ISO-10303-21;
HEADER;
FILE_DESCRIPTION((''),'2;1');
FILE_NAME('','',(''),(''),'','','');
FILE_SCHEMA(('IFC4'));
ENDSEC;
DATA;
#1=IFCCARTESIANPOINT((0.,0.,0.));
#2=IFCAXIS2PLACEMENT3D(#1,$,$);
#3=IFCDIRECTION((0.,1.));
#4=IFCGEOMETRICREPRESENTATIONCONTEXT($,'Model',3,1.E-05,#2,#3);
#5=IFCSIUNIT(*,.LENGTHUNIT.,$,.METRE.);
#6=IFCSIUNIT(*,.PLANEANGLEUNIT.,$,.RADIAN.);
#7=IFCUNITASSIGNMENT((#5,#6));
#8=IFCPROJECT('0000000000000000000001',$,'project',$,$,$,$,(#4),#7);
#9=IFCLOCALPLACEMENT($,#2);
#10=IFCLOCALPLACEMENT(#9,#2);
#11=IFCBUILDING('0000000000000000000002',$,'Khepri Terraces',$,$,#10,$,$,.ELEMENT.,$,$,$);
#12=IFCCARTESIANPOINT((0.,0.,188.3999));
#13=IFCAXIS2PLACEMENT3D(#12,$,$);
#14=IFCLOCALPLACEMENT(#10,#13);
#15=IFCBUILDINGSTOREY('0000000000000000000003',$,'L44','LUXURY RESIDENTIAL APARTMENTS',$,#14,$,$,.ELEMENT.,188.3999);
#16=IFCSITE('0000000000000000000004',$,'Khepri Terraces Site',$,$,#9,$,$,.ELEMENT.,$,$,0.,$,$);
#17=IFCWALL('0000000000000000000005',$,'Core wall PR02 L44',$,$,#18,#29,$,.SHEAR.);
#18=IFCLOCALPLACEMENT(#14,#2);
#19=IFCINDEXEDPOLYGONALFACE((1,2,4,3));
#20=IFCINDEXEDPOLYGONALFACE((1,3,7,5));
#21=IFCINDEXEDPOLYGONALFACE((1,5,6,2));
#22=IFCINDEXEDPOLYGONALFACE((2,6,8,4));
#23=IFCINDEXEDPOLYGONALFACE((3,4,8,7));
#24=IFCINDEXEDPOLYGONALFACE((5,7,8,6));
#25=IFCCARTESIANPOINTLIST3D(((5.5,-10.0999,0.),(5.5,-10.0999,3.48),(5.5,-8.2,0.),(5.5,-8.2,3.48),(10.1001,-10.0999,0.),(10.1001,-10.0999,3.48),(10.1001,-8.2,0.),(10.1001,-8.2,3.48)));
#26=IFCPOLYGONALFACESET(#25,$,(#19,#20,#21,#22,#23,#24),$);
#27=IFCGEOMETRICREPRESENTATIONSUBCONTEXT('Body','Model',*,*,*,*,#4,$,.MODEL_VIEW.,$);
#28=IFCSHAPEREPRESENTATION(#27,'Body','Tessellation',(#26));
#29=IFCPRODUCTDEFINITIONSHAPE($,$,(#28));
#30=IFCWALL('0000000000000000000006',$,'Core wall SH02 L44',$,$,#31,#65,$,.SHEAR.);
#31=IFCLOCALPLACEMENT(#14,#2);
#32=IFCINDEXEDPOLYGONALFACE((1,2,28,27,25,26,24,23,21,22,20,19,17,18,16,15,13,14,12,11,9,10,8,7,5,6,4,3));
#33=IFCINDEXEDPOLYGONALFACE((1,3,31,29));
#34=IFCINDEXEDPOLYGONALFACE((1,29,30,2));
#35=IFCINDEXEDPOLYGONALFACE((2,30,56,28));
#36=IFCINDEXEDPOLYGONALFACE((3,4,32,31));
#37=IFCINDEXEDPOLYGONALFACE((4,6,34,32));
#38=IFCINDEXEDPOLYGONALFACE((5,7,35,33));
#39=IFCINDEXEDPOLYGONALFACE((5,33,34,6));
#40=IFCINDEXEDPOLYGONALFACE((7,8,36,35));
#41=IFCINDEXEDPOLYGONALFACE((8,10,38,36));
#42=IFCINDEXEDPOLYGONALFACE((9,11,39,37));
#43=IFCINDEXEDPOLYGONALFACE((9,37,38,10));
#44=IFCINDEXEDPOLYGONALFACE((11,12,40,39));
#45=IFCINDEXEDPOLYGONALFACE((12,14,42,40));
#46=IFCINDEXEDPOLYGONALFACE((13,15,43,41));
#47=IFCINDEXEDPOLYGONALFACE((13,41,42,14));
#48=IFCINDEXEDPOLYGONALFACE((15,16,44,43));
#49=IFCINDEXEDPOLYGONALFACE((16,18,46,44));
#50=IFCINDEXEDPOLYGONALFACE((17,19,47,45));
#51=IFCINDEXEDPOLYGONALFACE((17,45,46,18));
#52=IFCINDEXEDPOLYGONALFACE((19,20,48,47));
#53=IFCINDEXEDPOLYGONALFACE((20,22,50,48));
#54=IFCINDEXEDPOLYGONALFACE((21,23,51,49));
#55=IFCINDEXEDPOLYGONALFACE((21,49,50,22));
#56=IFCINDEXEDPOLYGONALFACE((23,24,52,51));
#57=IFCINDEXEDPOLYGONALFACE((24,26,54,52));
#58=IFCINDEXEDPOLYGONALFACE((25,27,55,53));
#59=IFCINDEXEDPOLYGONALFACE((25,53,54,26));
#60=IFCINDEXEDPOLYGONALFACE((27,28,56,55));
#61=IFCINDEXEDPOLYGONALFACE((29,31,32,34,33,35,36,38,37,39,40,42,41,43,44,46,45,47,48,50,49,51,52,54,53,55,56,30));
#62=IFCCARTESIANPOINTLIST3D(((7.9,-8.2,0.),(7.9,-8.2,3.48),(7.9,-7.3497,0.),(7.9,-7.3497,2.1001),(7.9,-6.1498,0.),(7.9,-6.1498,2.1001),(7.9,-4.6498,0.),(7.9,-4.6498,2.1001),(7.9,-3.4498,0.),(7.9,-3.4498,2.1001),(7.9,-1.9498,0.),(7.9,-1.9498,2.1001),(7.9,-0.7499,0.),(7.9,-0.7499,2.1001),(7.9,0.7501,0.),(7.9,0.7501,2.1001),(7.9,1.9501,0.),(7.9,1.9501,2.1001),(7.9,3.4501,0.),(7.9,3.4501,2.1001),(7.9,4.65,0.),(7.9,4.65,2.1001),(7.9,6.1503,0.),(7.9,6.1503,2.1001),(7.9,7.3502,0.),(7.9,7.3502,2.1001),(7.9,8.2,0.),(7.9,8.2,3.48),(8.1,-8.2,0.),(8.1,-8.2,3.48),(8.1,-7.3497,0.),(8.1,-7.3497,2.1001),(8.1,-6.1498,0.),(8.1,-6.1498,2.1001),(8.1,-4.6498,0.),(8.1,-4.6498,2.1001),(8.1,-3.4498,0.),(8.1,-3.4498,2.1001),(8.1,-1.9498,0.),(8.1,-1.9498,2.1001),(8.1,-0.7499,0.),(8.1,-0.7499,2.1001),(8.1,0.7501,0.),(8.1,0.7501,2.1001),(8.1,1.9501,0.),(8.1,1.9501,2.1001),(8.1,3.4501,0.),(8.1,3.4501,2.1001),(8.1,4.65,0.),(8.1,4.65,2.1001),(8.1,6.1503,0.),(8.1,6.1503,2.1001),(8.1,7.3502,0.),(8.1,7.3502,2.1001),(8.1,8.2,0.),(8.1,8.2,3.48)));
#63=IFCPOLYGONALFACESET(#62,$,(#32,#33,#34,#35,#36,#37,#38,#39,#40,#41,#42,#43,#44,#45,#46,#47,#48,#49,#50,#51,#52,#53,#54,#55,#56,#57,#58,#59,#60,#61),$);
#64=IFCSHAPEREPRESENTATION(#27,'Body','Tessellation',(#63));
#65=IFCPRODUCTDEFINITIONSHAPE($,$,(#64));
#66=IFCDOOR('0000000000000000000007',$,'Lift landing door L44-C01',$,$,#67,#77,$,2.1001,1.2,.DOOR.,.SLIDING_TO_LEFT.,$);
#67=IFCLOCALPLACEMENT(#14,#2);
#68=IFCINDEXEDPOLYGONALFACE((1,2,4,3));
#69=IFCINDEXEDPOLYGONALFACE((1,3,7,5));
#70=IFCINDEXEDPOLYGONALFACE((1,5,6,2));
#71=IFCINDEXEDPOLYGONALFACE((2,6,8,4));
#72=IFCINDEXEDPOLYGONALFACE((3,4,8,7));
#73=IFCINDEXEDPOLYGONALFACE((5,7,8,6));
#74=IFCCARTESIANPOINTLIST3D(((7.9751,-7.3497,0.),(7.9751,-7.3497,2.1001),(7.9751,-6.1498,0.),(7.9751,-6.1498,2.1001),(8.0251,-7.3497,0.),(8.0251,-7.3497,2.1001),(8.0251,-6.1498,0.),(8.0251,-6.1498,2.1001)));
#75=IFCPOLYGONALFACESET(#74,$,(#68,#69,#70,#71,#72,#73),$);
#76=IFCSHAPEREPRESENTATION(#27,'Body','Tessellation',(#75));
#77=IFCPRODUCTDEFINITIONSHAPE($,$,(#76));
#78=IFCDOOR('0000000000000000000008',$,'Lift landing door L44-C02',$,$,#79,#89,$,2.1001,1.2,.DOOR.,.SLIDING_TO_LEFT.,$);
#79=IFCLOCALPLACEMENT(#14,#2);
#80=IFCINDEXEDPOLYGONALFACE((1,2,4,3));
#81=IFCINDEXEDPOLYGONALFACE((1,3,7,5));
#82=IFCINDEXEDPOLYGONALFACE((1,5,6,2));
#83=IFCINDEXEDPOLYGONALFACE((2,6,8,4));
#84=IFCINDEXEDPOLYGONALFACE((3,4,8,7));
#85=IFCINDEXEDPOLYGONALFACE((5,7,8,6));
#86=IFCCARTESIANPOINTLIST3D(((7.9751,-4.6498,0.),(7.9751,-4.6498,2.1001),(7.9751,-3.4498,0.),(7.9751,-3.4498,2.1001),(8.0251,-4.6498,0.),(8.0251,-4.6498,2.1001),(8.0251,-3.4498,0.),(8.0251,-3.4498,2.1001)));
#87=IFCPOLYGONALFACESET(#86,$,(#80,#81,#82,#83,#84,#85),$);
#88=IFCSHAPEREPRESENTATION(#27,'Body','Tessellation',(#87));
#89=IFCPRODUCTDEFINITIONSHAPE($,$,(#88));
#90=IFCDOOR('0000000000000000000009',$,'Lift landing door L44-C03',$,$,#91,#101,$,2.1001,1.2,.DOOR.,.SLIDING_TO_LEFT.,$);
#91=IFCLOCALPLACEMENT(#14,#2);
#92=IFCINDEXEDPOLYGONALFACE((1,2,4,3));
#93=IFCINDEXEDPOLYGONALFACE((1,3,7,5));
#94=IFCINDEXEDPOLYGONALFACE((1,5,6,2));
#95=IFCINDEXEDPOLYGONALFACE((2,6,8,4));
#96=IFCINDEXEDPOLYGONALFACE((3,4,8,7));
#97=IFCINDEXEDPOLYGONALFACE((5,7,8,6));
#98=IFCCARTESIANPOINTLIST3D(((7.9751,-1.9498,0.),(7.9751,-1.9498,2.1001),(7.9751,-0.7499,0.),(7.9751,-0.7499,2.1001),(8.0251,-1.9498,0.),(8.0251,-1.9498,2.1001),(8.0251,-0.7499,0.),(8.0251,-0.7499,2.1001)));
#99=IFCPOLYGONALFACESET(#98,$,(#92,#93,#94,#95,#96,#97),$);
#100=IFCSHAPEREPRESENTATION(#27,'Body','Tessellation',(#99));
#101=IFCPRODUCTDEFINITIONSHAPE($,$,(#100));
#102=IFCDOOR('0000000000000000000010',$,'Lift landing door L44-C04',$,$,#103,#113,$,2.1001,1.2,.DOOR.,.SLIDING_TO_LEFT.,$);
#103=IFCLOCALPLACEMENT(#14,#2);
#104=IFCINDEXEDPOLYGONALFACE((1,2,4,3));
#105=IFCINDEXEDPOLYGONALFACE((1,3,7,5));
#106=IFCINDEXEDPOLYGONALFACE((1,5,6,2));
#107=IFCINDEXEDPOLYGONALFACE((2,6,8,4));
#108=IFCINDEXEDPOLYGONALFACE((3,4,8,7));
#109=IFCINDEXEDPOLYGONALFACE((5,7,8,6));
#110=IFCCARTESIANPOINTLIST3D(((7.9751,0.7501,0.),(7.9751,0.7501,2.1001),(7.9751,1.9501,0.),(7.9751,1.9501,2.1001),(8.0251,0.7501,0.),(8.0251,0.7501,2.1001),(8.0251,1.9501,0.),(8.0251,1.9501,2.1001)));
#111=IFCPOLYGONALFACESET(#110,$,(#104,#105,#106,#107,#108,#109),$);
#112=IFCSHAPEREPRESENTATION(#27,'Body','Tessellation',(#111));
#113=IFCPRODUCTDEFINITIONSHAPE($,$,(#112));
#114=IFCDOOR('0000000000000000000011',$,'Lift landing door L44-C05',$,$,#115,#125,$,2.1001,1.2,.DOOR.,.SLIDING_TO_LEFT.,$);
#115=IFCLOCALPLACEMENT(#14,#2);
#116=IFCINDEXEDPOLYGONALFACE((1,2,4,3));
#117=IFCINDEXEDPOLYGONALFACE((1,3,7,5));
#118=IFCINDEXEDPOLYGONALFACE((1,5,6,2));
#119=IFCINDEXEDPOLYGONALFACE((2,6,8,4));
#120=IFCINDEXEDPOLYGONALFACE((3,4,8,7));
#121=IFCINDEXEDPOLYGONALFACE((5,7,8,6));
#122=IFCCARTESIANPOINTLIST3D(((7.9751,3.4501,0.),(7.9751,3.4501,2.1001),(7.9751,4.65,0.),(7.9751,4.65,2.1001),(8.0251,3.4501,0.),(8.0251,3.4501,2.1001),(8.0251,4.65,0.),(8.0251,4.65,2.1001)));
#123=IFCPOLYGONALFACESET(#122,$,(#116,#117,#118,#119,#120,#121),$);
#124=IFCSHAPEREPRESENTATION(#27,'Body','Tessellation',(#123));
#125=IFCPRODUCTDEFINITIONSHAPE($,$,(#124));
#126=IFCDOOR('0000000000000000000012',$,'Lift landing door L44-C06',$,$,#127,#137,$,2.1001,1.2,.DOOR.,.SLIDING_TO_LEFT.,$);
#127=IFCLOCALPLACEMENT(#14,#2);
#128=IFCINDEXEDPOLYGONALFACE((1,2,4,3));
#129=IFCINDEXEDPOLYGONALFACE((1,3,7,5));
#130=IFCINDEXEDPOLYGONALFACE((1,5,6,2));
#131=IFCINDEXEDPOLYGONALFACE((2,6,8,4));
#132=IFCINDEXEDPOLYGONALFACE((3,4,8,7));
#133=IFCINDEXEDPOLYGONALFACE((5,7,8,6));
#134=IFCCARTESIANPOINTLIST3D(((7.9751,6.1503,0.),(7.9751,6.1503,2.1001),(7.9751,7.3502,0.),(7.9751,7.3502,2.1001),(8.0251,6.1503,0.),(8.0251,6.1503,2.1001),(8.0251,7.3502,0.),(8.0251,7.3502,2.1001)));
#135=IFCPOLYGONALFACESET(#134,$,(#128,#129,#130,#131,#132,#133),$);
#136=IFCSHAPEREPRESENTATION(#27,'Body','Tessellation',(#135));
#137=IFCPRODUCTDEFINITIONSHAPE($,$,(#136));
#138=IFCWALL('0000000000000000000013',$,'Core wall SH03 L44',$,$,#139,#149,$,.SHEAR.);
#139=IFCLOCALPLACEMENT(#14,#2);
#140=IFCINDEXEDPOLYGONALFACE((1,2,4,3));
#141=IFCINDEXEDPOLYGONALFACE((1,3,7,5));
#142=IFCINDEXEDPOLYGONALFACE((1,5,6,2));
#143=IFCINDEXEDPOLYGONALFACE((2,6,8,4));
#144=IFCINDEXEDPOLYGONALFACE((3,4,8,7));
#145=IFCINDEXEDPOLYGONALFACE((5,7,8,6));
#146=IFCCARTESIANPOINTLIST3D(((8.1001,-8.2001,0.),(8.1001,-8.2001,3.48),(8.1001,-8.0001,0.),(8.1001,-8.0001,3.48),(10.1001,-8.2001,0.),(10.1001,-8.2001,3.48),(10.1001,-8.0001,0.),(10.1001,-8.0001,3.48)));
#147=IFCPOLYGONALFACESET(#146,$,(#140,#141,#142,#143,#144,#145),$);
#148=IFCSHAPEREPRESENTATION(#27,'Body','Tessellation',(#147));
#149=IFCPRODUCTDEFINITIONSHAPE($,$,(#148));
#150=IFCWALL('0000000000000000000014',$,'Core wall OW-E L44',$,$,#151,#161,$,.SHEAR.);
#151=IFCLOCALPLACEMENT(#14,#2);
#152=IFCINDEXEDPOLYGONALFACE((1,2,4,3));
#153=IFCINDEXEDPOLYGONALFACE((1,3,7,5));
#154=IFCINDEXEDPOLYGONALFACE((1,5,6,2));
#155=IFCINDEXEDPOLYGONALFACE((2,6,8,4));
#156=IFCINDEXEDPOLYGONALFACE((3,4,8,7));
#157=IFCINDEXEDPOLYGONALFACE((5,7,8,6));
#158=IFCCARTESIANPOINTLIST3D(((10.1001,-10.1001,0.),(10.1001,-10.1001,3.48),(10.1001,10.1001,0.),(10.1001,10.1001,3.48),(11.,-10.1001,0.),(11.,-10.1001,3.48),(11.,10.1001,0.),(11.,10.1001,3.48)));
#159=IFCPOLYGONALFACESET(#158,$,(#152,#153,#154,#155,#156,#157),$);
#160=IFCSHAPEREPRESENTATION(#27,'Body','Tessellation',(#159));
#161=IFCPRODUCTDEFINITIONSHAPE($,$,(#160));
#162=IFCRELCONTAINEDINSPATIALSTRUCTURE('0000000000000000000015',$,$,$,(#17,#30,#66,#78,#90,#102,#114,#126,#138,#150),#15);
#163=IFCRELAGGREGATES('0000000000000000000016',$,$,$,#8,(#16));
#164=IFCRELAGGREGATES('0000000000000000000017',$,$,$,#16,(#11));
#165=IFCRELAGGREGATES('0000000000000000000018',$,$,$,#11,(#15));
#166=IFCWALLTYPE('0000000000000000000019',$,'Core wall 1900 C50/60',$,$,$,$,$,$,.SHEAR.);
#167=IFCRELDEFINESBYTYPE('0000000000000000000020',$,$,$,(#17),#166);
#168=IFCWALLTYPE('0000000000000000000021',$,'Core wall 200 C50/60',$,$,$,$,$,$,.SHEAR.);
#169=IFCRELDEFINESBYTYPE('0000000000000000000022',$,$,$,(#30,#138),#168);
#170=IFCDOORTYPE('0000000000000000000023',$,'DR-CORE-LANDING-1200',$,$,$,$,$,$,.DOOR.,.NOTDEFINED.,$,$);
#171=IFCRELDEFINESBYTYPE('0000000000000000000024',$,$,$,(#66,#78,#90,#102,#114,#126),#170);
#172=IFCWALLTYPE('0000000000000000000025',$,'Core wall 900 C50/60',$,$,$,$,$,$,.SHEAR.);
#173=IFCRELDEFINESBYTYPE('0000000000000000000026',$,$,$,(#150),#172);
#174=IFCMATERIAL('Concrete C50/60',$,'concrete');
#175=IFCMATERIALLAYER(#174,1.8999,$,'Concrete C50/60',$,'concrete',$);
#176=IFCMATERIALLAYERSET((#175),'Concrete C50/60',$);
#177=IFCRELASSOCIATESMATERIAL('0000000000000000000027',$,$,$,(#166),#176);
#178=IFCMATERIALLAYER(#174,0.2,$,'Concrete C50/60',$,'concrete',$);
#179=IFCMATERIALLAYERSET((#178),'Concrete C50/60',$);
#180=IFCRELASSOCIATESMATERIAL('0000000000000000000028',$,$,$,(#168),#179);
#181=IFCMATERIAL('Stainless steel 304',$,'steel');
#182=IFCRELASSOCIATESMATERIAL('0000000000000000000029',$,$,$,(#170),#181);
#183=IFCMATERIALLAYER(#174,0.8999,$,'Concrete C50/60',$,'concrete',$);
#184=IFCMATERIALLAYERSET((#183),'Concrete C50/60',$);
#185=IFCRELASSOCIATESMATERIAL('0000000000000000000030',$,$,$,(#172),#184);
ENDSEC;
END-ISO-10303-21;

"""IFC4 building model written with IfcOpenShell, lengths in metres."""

from ifc_helpers import new_model, si_unit, direction, frame, frame_2d, origin, place, context, subcontext, project, spatial, rectangle, extrude, material, layer, layer_set, type_object, element, fill, save


model = new_model("IFC4")

# Units and contexts
model_context = context("Model", 3, precision=1e-05, world=origin(), true_north=direction((0.0, 1.0)))
body_context = subcontext(model_context, "Body", "Model", "MODEL_VIEW")
ifc_project = project(units=[si_unit("LENGTHUNIT", "METRE"), si_unit("PLANEANGLEUNIT", "RADIAN")], contexts=[model_context])

# Site, building, storey
site_placement = place(None, origin())
site = spatial("IfcSite", under=ifc_project, at=site_placement, Name="Khepri Terraces Site", CompositionType="ELEMENT", RefElevation=0.0)
building_placement = place(site_placement, origin())
building = spatial("IfcBuilding", under=site, at=building_placement, Name="Khepri Terraces", CompositionType="ELEMENT")
storey_placement = place(building_placement, frame((0.0, 0.0, 188.3999)))
storey = spatial("IfcBuildingStorey", under=building, at=storey_placement, Name="L44", Description="LUXURY RESIDENTIAL APARTMENTS", CompositionType="ELEMENT", Elevation=188.3999)

# Wall
ifc_material_1 = material(Name="Concrete C50/60", Category="concrete")
ifc_layer_1 = layer(ifc_material_1, 1.8999, Name="Concrete C50/60", Category="concrete")
ifc_layer_set_1 = layer_set([ifc_layer_1], Name="Concrete C50/60")
wall_type_1 = type_object("IfcWallType", Name="Core wall 1900 C50/60", PredefinedType="SHEAR", material=ifc_layer_set_1)
wall_1_placement = place(storey_placement, frame((5.5, -9.1499, 0.0), z_axis=(0.0, 0.0, 1.0), x_axis=(1.0, 0.0, 0.0)))
element("IfcWall", 1, at=wall_1_placement, inside=storey, type_object=wall_type_1, Name="Core wall PR02 L44", PredefinedType="SHEAR", context=body_context, shape_type="SweptSolid", body=[
    extrude(rectangle(XDim=4.6001, YDim=1.8999, at=frame_2d((2.3, 0.0))), origin(), (0.0, 0.0, 1.0), 3.48),
])

# Wall, openings, doors
ifc_layer_2 = layer(ifc_material_1, 0.2, Name="Concrete C50/60", Category="concrete")
ifc_layer_set_2 = layer_set([ifc_layer_2], Name="Concrete C50/60")
wall_type_2 = type_object("IfcWallType", Name="Core wall 200 C50/60", PredefinedType="SHEAR", material=ifc_layer_set_2)
wall_2_placement = place(storey_placement, frame((8.0, -8.2, 0.0), z_axis=(0.0, 0.0, 1.0), x_axis=(0.0, 1.0, 0.0)))
wall_2 = element("IfcWall", 2, at=wall_2_placement, inside=storey, type_object=wall_type_2, Name="Core wall SH02 L44", PredefinedType="SHEAR", context=body_context, shape_type="SweptSolid", body=[
    extrude(rectangle(XDim=16.3999, YDim=0.2, at=frame_2d((8.2, 0.0))), origin(), (0.0, 0.0, 1.0), 3.48),
])
opening_1_placement = place(wall_2_placement, frame((0.8501, 0.0, 0.0)))
opening_1 = element("IfcOpeningElement", 3, at=opening_1_placement, cuts=wall_2, PredefinedType="OPENING", context=body_context, shape_type="SweptSolid", body=[
    extrude(rectangle(XDim=1.2, YDim=2.1001, at=frame_2d((0.6001, 1.05))), frame((0.0, 0.1099, 0.0), z_axis=(0.0, -1.0, 0.0), x_axis=(1.0, 0.0, 0.0)), (0.0, 0.0, 1.0), 0.22),
])
opening_2_placement = place(wall_2_placement, frame((3.55, 0.0, 0.0)))
opening_2 = element("IfcOpeningElement", 4, at=opening_2_placement, cuts=wall_2, PredefinedType="OPENING", context=body_context, shape_type="SweptSolid", body=[
    extrude(rectangle(XDim=1.2, YDim=2.1001, at=frame_2d((0.6001, 1.05))), frame((0.0, 0.1099, 0.0), z_axis=(0.0, -1.0, 0.0), x_axis=(1.0, 0.0, 0.0)), (0.0, 0.0, 1.0), 0.22),
])
opening_3_placement = place(wall_2_placement, frame((6.25, 0.0, 0.0)))
opening_3 = element("IfcOpeningElement", 5, at=opening_3_placement, cuts=wall_2, PredefinedType="OPENING", context=body_context, shape_type="SweptSolid", body=[
    extrude(rectangle(XDim=1.2, YDim=2.1001, at=frame_2d((0.6001, 1.05))), frame((0.0, 0.1099, 0.0), z_axis=(0.0, -1.0, 0.0), x_axis=(1.0, 0.0, 0.0)), (0.0, 0.0, 1.0), 0.22),
])
opening_4_placement = place(wall_2_placement, frame((8.95, 0.0, 0.0)))
opening_4 = element("IfcOpeningElement", 6, at=opening_4_placement, cuts=wall_2, PredefinedType="OPENING", context=body_context, shape_type="SweptSolid", body=[
    extrude(rectangle(XDim=1.2, YDim=2.1001, at=frame_2d((0.6001, 1.05))), frame((0.0, 0.1099, 0.0), z_axis=(0.0, -1.0, 0.0), x_axis=(1.0, 0.0, 0.0)), (0.0, 0.0, 1.0), 0.22),
])
opening_5_placement = place(wall_2_placement, frame((11.6499, 0.0, 0.0)))
opening_5 = element("IfcOpeningElement", 7, at=opening_5_placement, cuts=wall_2, PredefinedType="OPENING", context=body_context, shape_type="SweptSolid", body=[
    extrude(rectangle(XDim=1.2, YDim=2.1001, at=frame_2d((0.6001, 1.05))), frame((0.0, 0.1099, 0.0), z_axis=(0.0, -1.0, 0.0), x_axis=(1.0, 0.0, 0.0)), (0.0, 0.0, 1.0), 0.22),
])
opening_6_placement = place(wall_2_placement, frame((14.3501, 0.0, 0.0)))
opening_6 = element("IfcOpeningElement", 8, at=opening_6_placement, cuts=wall_2, PredefinedType="OPENING", context=body_context, shape_type="SweptSolid", body=[
    extrude(rectangle(XDim=1.2, YDim=2.1001, at=frame_2d((0.6001, 1.05))), frame((0.0, 0.1099, 0.0), z_axis=(0.0, -1.0, 0.0), x_axis=(1.0, 0.0, 0.0)), (0.0, 0.0, 1.0), 0.22),
])
ifc_material_2 = material(Name="Stainless steel 304", Category="steel")
door_type_1 = type_object("IfcDoorType", Name="DR-CORE-LANDING-1200", OperationType="NOTDEFINED", PredefinedType="DOOR", material=ifc_material_2)
door_1_placement = place(opening_1_placement, origin())
door_1 = element("IfcDoor", 9, at=door_1_placement, inside=storey, type_object=door_type_1, Name="Lift landing door L44-C01", OperationType="SLIDING_TO_LEFT", OverallHeight=2.1001, OverallWidth=1.2, PredefinedType="DOOR", context=body_context, shape_type="SweptSolid", body=[
    extrude(rectangle(XDim=1.2, YDim=2.1001, at=frame_2d((0.6001, 1.05))), frame((0.0, 0.0249, 0.0), z_axis=(0.0, -1.0, 0.0), x_axis=(1.0, 0.0, 0.0)), (0.0, 0.0, 1.0), 0.05),
])
fill(opening_1, door_1)
door_2_placement = place(opening_2_placement, origin())
door_2 = element("IfcDoor", 10, at=door_2_placement, inside=storey, type_object=door_type_1, Name="Lift landing door L44-C02", OperationType="SLIDING_TO_LEFT", OverallHeight=2.1001, OverallWidth=1.2, PredefinedType="DOOR", context=body_context, shape_type="SweptSolid", body=[
    extrude(rectangle(XDim=1.2, YDim=2.1001, at=frame_2d((0.6001, 1.05))), frame((0.0, 0.0249, 0.0), z_axis=(0.0, -1.0, 0.0), x_axis=(1.0, 0.0, 0.0)), (0.0, 0.0, 1.0), 0.05),
])
fill(opening_2, door_2)
door_3_placement = place(opening_3_placement, origin())
door_3 = element("IfcDoor", 11, at=door_3_placement, inside=storey, type_object=door_type_1, Name="Lift landing door L44-C03", OperationType="SLIDING_TO_LEFT", OverallHeight=2.1001, OverallWidth=1.2, PredefinedType="DOOR", context=body_context, shape_type="SweptSolid", body=[
    extrude(rectangle(XDim=1.2, YDim=2.1001, at=frame_2d((0.6001, 1.05))), frame((0.0, 0.0249, 0.0), z_axis=(0.0, -1.0, 0.0), x_axis=(1.0, 0.0, 0.0)), (0.0, 0.0, 1.0), 0.05),
])
fill(opening_3, door_3)
door_4_placement = place(opening_4_placement, origin())
door_4 = element("IfcDoor", 12, at=door_4_placement, inside=storey, type_object=door_type_1, Name="Lift landing door L44-C04", OperationType="SLIDING_TO_LEFT", OverallHeight=2.1001, OverallWidth=1.2, PredefinedType="DOOR", context=body_context, shape_type="SweptSolid", body=[
    extrude(rectangle(XDim=1.2, YDim=2.1001, at=frame_2d((0.6001, 1.05))), frame((0.0, 0.0249, 0.0), z_axis=(0.0, -1.0, 0.0), x_axis=(1.0, 0.0, 0.0)), (0.0, 0.0, 1.0), 0.05),
])
fill(opening_4, door_4)
door_5_placement = place(opening_5_placement, origin())
door_5 = element("IfcDoor", 13, at=door_5_placement, inside=storey, type_object=door_type_1, Name="Lift landing door L44-C05", OperationType="SLIDING_TO_LEFT", OverallHeight=2.1001, OverallWidth=1.2, PredefinedType="DOOR", context=body_context, shape_type="SweptSolid", body=[
    extrude(rectangle(XDim=1.2, YDim=2.1001, at=frame_2d((0.6001, 1.05))), frame((0.0, 0.0249, 0.0), z_axis=(0.0, -1.0, 0.0), x_axis=(1.0, 0.0, 0.0)), (0.0, 0.0, 1.0), 0.05),
])
fill(opening_5, door_5)
door_6_placement = place(opening_6_placement, origin())
door_6 = element("IfcDoor", 14, at=door_6_placement, inside=storey, type_object=door_type_1, Name="Lift landing door L44-C06", OperationType="SLIDING_TO_LEFT", OverallHeight=2.1001, OverallWidth=1.2, PredefinedType="DOOR", context=body_context, shape_type="SweptSolid", body=[
    extrude(rectangle(XDim=1.2, YDim=2.1001, at=frame_2d((0.6001, 1.05))), frame((0.0, 0.0249, 0.0), z_axis=(0.0, -1.0, 0.0), x_axis=(1.0, 0.0, 0.0)), (0.0, 0.0, 1.0), 0.05),
])
fill(opening_6, door_6)

# Walls
wall_3_placement = place(storey_placement, frame((8.1001, -8.1001, 0.0), z_axis=(0.0, 0.0, 1.0), x_axis=(1.0, 0.0, 0.0)))
element("IfcWall", 15, at=wall_3_placement, inside=storey, type_object=wall_type_2, Name="Core wall SH03 L44", PredefinedType="SHEAR", context=body_context, shape_type="SweptSolid", body=[
    extrude(rectangle(XDim=2.0, YDim=0.2, at=frame_2d((1.0, 0.0))), origin(), (0.0, 0.0, 1.0), 3.48),
])
ifc_layer_3 = layer(ifc_material_1, 0.8999, Name="Concrete C50/60", Category="concrete")
ifc_layer_set_3 = layer_set([ifc_layer_3], Name="Concrete C50/60")
wall_type_3 = type_object("IfcWallType", Name="Core wall 900 C50/60", PredefinedType="SHEAR", material=ifc_layer_set_3)
wall_4_placement = place(storey_placement, frame((10.55, -10.1001, 0.0), z_axis=(0.0, 0.0, 1.0), x_axis=(0.0, 1.0, 0.0)))
element("IfcWall", 16, at=wall_4_placement, inside=storey, type_object=wall_type_3, Name="Core wall OW-E L44", PredefinedType="SHEAR", context=body_context, shape_type="SweptSolid", body=[
    extrude(rectangle(XDim=20.2002, YDim=0.8999, at=frame_2d((10.1001, 0.0))), origin(), (0.0, 0.0, 1.0), 3.48),
])

save(model, "model.ifc")
